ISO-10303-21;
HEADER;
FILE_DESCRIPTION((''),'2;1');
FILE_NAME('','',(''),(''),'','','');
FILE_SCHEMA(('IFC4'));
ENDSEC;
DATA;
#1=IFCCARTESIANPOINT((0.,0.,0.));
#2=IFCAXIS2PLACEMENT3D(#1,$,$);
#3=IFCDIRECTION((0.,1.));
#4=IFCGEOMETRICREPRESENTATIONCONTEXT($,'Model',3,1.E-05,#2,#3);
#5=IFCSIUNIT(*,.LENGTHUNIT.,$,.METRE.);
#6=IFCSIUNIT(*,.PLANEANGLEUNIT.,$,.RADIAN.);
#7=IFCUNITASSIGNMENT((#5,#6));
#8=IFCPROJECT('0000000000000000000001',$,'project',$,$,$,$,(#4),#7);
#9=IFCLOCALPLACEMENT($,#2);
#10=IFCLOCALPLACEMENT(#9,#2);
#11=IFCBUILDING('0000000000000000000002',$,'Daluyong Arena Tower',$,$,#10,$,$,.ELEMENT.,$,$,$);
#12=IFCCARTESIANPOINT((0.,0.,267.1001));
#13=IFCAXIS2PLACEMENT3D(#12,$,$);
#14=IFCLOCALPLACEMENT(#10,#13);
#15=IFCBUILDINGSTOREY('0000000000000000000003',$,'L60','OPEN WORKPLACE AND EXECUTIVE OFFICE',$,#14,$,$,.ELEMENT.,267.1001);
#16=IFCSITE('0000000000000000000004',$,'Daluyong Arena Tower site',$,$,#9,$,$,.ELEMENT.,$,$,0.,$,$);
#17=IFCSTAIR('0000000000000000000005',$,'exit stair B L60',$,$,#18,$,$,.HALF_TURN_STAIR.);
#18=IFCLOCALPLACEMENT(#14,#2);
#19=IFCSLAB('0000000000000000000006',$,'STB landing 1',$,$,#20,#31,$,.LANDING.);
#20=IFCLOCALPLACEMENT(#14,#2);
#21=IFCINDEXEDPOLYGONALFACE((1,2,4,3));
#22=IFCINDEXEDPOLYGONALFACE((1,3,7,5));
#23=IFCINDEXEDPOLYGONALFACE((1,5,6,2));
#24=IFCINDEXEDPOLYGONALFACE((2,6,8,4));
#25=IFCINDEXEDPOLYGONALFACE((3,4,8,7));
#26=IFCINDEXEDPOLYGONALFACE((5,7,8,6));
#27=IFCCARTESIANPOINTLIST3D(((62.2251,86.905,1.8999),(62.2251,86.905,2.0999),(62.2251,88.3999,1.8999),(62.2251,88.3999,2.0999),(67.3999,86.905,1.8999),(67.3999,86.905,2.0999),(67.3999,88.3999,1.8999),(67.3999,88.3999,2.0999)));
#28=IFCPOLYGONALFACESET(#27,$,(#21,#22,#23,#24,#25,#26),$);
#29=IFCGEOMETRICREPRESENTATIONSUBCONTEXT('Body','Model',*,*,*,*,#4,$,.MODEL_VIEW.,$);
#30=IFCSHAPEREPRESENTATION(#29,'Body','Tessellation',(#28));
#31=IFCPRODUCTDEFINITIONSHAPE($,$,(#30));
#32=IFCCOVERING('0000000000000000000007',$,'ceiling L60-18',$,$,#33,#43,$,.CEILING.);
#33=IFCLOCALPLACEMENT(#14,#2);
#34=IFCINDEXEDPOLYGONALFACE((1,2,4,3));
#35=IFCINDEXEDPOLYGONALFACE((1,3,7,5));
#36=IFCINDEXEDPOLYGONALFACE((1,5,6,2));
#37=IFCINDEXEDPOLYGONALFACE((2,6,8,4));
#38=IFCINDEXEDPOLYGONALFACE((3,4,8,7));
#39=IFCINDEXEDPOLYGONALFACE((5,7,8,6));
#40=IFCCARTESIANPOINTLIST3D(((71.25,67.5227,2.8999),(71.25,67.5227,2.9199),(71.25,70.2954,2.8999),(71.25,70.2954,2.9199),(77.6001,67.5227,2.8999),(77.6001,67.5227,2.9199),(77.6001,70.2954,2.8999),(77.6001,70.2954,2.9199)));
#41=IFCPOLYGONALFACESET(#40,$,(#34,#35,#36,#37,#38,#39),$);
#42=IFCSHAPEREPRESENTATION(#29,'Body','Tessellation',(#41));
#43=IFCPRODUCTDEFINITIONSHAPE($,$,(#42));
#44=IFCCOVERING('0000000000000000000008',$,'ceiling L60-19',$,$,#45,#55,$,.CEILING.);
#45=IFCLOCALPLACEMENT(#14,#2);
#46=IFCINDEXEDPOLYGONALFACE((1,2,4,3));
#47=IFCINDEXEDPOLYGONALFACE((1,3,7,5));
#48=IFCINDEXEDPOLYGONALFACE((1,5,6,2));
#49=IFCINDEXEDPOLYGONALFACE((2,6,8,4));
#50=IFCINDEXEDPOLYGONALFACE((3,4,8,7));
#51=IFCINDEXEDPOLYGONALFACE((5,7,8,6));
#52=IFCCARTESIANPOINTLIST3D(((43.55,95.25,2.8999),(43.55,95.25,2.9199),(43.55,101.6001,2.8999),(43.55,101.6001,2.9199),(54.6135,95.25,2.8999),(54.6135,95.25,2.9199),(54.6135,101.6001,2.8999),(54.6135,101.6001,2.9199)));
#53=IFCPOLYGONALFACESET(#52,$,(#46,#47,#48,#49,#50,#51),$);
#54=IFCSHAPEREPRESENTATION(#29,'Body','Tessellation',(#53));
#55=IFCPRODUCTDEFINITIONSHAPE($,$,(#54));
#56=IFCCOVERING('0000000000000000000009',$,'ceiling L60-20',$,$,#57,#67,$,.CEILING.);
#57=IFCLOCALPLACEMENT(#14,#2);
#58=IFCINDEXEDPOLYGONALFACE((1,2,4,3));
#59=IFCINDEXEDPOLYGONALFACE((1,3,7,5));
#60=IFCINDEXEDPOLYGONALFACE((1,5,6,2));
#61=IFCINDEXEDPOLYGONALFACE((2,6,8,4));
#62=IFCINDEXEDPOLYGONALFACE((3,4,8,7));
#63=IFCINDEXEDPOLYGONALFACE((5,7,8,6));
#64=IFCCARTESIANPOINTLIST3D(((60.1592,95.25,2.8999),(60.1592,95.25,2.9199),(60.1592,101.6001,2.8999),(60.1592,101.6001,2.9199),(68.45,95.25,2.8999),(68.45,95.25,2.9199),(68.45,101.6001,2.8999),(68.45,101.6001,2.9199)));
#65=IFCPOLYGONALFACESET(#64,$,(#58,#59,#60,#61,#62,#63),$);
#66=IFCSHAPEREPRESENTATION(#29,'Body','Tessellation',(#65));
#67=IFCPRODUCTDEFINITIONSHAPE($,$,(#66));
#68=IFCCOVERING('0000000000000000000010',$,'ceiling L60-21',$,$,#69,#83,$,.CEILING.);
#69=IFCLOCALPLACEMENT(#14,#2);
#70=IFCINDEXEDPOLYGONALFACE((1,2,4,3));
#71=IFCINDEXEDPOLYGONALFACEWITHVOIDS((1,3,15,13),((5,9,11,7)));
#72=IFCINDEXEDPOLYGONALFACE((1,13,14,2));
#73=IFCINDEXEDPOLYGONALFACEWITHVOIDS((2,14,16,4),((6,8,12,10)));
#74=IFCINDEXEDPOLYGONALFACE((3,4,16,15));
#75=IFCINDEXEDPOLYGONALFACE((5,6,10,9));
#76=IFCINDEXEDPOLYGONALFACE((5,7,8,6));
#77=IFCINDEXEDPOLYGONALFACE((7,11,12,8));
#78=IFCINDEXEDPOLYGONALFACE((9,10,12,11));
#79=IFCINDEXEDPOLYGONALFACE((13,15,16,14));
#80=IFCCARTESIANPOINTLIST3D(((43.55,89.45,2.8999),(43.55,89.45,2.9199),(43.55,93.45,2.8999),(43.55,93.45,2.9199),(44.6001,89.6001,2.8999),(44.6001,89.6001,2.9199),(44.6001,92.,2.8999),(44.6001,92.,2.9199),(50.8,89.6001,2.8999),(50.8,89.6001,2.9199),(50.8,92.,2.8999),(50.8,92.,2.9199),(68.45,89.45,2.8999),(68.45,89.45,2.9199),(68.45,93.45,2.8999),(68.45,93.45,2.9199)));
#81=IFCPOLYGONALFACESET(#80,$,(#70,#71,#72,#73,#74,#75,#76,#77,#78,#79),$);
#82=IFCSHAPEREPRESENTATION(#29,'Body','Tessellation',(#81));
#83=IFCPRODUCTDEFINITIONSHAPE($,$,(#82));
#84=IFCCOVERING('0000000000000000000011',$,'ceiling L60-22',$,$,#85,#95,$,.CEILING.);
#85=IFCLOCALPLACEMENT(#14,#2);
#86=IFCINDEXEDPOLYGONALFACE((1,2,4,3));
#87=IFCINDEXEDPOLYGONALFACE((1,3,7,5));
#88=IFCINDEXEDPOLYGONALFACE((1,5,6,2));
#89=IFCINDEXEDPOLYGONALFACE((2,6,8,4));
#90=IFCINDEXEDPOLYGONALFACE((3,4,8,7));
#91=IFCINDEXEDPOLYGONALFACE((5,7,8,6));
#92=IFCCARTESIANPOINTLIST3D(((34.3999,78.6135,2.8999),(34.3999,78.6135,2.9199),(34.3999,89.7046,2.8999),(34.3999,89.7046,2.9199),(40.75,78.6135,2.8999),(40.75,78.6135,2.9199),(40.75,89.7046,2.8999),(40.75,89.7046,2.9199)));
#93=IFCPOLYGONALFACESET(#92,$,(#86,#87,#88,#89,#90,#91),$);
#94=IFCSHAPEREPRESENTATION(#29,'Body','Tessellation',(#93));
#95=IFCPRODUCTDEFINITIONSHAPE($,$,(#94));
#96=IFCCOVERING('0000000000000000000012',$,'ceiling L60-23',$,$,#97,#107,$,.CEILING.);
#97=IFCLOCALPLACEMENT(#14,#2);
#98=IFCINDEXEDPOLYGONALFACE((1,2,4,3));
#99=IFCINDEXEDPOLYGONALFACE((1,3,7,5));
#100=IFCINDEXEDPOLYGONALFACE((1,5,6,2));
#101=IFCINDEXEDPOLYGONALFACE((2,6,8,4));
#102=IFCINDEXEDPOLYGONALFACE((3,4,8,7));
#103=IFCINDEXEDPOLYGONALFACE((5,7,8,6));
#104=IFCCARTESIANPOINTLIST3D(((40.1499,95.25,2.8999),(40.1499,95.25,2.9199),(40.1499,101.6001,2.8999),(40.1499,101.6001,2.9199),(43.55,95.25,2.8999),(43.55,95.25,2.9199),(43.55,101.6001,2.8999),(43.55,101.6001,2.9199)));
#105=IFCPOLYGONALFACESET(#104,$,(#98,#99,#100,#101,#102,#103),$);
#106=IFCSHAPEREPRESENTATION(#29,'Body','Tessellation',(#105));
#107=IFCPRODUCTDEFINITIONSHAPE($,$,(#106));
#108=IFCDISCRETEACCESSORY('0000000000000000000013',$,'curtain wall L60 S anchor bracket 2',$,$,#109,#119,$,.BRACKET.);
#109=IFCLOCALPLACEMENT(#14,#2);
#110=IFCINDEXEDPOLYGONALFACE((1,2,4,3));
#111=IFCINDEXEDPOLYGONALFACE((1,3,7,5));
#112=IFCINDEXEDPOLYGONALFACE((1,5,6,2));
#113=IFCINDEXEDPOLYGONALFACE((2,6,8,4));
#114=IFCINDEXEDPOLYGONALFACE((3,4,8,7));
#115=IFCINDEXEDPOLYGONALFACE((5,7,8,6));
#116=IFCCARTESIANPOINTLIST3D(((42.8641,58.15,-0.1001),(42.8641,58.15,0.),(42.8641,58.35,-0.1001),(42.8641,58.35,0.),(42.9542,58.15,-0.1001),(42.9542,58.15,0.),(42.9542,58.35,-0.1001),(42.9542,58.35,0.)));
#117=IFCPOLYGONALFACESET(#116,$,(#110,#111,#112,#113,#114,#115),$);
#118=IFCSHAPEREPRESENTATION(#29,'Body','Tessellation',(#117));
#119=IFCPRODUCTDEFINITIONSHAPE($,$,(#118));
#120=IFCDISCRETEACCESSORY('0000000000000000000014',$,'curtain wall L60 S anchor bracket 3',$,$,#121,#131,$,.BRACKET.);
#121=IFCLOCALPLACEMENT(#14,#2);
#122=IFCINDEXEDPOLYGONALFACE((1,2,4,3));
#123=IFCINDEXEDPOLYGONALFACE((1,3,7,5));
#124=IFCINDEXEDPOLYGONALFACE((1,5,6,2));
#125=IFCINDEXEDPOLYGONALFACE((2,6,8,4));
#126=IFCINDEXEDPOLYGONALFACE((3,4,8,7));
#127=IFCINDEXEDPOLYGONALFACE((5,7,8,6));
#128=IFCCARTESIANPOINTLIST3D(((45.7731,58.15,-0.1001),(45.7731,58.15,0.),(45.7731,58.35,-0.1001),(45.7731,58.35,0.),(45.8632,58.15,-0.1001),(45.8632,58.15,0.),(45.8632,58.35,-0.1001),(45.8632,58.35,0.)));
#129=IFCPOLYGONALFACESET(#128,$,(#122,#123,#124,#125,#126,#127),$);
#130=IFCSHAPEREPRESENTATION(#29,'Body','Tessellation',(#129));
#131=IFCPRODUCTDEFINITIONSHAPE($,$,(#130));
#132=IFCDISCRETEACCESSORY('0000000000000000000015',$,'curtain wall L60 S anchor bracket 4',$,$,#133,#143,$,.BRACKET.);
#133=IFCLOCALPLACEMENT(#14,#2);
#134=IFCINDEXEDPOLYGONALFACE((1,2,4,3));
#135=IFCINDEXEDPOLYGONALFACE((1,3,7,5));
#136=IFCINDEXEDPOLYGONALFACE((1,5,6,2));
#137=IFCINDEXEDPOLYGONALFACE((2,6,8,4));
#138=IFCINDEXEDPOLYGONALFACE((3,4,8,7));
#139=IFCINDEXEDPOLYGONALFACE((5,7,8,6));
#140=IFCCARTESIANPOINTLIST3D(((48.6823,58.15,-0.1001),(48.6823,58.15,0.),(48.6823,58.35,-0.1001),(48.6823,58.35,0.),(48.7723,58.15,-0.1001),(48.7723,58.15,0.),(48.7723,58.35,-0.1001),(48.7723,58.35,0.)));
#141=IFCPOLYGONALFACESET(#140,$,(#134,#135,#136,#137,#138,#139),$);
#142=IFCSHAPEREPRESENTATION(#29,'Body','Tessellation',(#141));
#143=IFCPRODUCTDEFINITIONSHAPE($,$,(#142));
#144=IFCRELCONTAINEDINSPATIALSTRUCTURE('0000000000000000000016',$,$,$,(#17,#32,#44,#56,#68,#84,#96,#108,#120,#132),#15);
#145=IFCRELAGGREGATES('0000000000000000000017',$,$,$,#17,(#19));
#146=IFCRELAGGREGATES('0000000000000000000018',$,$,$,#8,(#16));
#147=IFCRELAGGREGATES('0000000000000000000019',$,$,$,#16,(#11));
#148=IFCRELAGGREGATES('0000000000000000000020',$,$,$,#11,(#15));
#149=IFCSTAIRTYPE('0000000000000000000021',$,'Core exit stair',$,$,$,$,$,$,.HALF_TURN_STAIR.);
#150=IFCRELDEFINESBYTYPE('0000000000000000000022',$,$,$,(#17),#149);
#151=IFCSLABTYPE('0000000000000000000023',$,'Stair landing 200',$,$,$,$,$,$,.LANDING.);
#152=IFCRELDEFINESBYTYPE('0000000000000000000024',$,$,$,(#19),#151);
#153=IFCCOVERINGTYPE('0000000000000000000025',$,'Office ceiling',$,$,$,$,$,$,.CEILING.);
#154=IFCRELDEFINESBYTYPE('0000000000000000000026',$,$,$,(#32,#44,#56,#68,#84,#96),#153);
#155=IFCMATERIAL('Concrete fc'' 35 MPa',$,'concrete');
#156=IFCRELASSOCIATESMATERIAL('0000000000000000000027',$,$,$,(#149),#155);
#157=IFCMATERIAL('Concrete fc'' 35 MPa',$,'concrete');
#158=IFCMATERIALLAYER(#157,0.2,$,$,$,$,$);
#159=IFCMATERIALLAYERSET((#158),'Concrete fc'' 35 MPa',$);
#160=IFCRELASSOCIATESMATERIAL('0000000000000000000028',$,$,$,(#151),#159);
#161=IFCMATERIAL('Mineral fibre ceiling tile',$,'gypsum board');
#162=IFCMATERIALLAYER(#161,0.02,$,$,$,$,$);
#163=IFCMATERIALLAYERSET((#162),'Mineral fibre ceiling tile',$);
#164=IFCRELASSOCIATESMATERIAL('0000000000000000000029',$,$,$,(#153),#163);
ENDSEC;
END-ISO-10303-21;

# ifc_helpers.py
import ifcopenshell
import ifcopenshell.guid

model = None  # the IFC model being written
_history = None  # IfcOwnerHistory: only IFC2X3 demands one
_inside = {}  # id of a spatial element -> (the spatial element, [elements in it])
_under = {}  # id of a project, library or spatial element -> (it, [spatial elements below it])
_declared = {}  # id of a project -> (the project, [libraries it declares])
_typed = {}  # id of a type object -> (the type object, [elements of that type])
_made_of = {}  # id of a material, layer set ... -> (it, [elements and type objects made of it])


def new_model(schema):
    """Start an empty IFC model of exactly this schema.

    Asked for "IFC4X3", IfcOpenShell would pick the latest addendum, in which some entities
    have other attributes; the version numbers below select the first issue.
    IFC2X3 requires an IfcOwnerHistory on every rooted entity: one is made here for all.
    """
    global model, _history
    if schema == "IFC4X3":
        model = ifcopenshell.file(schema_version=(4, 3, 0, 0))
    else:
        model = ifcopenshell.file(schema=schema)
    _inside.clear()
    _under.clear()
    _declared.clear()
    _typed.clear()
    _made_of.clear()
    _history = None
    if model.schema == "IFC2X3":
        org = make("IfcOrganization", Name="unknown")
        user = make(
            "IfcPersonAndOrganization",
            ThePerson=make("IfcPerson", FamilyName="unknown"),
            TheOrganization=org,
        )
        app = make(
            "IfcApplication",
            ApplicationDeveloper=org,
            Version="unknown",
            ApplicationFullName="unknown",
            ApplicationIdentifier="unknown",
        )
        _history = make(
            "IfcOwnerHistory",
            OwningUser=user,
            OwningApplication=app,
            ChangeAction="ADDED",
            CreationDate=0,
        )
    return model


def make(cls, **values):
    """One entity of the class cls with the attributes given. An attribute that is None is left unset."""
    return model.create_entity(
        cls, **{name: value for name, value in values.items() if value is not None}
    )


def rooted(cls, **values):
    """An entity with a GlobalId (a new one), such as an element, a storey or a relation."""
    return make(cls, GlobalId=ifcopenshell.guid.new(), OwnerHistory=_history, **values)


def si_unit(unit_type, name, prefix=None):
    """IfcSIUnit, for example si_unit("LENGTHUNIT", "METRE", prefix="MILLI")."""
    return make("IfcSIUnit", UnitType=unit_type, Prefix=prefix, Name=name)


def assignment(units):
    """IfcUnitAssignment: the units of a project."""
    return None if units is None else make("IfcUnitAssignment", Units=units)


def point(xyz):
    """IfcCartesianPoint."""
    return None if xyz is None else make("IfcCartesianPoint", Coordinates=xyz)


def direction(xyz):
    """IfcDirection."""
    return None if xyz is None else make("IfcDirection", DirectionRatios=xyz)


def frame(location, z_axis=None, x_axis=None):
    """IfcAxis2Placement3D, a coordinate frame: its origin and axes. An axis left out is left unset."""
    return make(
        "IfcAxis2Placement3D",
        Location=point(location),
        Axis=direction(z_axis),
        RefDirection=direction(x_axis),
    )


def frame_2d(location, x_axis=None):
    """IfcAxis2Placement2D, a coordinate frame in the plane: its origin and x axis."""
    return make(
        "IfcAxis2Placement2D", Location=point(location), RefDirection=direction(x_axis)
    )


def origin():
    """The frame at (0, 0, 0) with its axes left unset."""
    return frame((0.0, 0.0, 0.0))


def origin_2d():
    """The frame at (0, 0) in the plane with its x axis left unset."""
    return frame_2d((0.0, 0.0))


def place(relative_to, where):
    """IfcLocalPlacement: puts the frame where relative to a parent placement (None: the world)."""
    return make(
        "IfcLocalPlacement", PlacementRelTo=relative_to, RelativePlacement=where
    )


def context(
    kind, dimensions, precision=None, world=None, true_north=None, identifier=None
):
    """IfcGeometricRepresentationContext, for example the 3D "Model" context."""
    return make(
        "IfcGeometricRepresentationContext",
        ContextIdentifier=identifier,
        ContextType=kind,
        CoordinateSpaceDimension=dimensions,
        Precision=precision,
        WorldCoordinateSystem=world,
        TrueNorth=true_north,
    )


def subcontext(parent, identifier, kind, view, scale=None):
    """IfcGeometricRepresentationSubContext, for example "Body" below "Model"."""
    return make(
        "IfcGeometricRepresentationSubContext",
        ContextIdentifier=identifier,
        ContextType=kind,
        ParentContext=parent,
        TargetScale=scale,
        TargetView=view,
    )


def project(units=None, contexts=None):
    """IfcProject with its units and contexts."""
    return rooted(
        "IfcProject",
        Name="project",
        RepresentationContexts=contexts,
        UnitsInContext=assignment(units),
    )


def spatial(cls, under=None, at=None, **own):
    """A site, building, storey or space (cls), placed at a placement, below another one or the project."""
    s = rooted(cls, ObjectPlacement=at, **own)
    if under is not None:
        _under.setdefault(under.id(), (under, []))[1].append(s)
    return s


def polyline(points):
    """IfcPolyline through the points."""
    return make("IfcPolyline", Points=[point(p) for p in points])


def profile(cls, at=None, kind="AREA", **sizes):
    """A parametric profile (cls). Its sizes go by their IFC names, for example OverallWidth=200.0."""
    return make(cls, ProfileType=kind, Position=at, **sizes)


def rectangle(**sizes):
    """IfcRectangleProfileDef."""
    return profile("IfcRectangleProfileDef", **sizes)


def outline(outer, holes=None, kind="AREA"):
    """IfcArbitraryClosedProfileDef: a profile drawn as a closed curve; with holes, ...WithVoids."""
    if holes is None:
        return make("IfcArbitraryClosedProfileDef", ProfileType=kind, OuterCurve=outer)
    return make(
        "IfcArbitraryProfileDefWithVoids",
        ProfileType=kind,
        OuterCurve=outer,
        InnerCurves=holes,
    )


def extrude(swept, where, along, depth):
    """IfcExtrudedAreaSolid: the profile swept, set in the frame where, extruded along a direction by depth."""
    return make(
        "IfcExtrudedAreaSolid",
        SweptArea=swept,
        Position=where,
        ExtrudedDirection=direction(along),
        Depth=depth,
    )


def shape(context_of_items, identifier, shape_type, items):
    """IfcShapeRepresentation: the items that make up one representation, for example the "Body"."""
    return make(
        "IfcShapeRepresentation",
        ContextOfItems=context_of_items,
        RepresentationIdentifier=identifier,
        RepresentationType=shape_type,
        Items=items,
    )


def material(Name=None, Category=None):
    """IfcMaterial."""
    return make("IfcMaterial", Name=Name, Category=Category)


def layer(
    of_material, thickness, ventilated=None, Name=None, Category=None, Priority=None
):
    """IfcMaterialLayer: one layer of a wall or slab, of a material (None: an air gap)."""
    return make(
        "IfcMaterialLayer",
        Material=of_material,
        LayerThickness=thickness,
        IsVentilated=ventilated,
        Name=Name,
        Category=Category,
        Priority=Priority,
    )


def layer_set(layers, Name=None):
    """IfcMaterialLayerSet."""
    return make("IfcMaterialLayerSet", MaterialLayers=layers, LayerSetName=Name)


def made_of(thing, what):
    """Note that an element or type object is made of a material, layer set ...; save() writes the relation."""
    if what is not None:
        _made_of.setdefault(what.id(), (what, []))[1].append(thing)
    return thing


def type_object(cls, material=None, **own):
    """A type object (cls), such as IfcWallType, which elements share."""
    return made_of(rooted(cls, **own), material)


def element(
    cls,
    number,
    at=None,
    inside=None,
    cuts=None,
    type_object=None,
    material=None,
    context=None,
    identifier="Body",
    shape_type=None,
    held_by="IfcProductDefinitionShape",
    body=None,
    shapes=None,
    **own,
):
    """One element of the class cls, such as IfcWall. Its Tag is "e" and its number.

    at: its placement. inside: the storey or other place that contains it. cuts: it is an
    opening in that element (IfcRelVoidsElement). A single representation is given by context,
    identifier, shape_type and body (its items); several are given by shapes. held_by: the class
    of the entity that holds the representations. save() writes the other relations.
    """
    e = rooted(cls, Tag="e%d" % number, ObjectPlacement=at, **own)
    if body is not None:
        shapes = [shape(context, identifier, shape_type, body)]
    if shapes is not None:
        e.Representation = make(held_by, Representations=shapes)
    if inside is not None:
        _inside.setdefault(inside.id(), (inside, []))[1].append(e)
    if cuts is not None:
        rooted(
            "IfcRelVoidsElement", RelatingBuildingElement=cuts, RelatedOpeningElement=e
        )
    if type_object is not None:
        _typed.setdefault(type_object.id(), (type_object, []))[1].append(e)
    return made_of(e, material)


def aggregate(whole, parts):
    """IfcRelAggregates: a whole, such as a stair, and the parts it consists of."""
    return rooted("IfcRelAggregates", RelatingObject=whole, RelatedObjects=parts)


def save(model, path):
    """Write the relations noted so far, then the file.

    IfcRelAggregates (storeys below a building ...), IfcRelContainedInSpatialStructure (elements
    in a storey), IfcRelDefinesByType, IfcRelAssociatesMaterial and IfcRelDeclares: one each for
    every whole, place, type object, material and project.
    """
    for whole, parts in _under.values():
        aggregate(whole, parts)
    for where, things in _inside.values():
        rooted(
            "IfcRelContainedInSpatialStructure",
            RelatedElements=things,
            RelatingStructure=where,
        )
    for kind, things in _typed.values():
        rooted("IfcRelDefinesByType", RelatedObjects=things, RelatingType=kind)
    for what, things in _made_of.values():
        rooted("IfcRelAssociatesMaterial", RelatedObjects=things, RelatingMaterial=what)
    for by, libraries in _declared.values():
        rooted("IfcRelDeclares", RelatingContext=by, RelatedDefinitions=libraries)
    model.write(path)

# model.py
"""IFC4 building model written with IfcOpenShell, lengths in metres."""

from ifc_helpers import new_model, si_unit, direction, frame, origin, origin_2d, place, context, subcontext, project, spatial, polyline, rectangle, outline, extrude, material, layer, layer_set, type_object, element, aggregate, save


model = new_model("IFC4")

# Units and contexts
model_context = context("Model", 3, precision=1e-05, world=origin(), true_north=direction((0.0, 1.0)))
body_context = subcontext(model_context, "Body", "Model", "MODEL_VIEW")
ifc_project = project(units=[si_unit("LENGTHUNIT", "METRE"), si_unit("PLANEANGLEUNIT", "RADIAN")], contexts=[model_context])

# Site, building, storey
site_placement = place(None, origin())
site = spatial("IfcSite", under=ifc_project, at=site_placement, Name="Daluyong Arena Tower site", CompositionType="ELEMENT", RefElevation=0.0)
building_placement = place(site_placement, origin())
building = spatial("IfcBuilding", under=site, at=building_placement, Name="Daluyong Arena Tower", CompositionType="ELEMENT")
storey_placement = place(building_placement, frame((0.0, 0.0, 267.1001)))
storey = spatial("IfcBuildingStorey", under=building, at=storey_placement, Name="L60", Description="OPEN WORKPLACE AND EXECUTIVE OFFICE", CompositionType="ELEMENT", Elevation=267.1001)

# Stair, slab
ifc_material_1 = material(Name="Concrete fc' 35 MPa", Category="concrete")
stair_type = type_object("IfcStairType", Name="Core exit stair", PredefinedType="HALF_TURN_STAIR", material=ifc_material_1)
ifc_material_2 = material(Name="Concrete fc' 35 MPa", Category="concrete")
ifc_layer_1 = layer(ifc_material_2, 0.2)
ifc_layer_set_1 = layer_set([ifc_layer_1], Name="Concrete fc' 35 MPa")
slab_type = type_object("IfcSlabType", Name="Stair landing 200", PredefinedType="LANDING", material=ifc_layer_set_1)
stair_1_placement = place(storey_placement, origin())
stair_1 = element("IfcStair", 1, at=stair_1_placement, inside=storey, type_object=stair_type, Name="exit stair B L60", PredefinedType="HALF_TURN_STAIR")
slab_1_placement = place(storey_placement, frame((0.0, 0.0, 1.8999)))
slab_1 = element("IfcSlab", 2, at=slab_1_placement, type_object=slab_type, Name="STB landing 1", PredefinedType="LANDING", context=body_context, shape_type="SweptSolid", body=[
    extrude(outline(polyline([(62.2251, 86.905), (67.3999, 86.905), (67.3999, 88.3999), (62.2251, 88.3999), (62.2251, 86.905)])), origin(), (0.0, 0.0, 1.0), 0.2),
])
aggregate(stair_1, [slab_1])

# Coverings
ifc_material_3 = material(Name="Mineral fibre ceiling tile", Category="gypsum board")
ifc_layer_2 = layer(ifc_material_3, 0.02)
ifc_layer_set_2 = layer_set([ifc_layer_2], Name="Mineral fibre ceiling tile")
covering_type = type_object("IfcCoveringType", Name="Office ceiling", PredefinedType="CEILING", material=ifc_layer_set_2)
covering_1_placement = place(storey_placement, frame((0.0, 0.0, 2.8999)))
element("IfcCovering", 3, at=covering_1_placement, inside=storey, type_object=covering_type, Name="ceiling L60-18", PredefinedType="CEILING", context=body_context, shape_type="SweptSolid", body=[
    extrude(outline(polyline([(77.6001, 67.5227), (77.6001, 70.2954), (71.25, 70.2954), (71.25, 67.5227), (77.6001, 67.5227)])), origin(), (0.0, 0.0, 1.0), 0.02),
])
covering_2_placement = place(storey_placement, frame((0.0, 0.0, 2.8999)))
element("IfcCovering", 4, at=covering_2_placement, inside=storey, type_object=covering_type, Name="ceiling L60-19", PredefinedType="CEILING", context=body_context, shape_type="SweptSolid", body=[
    extrude(outline(polyline([(54.6135, 101.6001), (43.55, 101.6001), (43.55, 95.25), (54.6135, 95.25), (54.6135, 101.6001)])), origin(), (0.0, 0.0, 1.0), 0.02),
])
covering_3_placement = place(storey_placement, frame((0.0, 0.0, 2.8999)))
element("IfcCovering", 5, at=covering_3_placement, inside=storey, type_object=covering_type, Name="ceiling L60-20", PredefinedType="CEILING", context=body_context, shape_type="SweptSolid", body=[
    extrude(outline(polyline([(68.45, 101.6001), (60.1592, 101.6001), (60.1592, 95.25), (68.45, 95.25), (68.45, 101.6001)])), origin(), (0.0, 0.0, 1.0), 0.02),
])
covering_4_placement = place(storey_placement, frame((0.0, 0.0, 2.8999)))
element("IfcCovering", 6, at=covering_4_placement, inside=storey, type_object=covering_type, Name="ceiling L60-21", PredefinedType="CEILING", context=body_context, shape_type="SweptSolid", body=[
    extrude(outline(polyline([(43.55, 93.45), (43.55, 89.45), (68.45, 89.45), (68.45, 93.45), (43.55, 93.45)]), holes=[polyline([(44.6001, 89.6001), (44.6001, 92.0), (50.8, 92.0), (50.8, 89.6001), (44.6001, 89.6001)])]), origin(), (0.0, 0.0, 1.0), 0.02),
])
covering_5_placement = place(storey_placement, frame((0.0, 0.0, 2.8999)))
element("IfcCovering", 7, at=covering_5_placement, inside=storey, type_object=covering_type, Name="ceiling L60-22", PredefinedType="CEILING", context=body_context, shape_type="SweptSolid", body=[
    extrude(outline(polyline([(40.75, 78.6135), (40.75, 89.7046), (34.3999, 89.7046), (34.3999, 78.6135), (40.75, 78.6135)])), origin(), (0.0, 0.0, 1.0), 0.02),
])
covering_6_placement = place(storey_placement, frame((0.0, 0.0, 2.8999)))
element("IfcCovering", 8, at=covering_6_placement, inside=storey, type_object=covering_type, Name="ceiling L60-23", PredefinedType="CEILING", context=body_context, shape_type="SweptSolid", body=[
    extrude(outline(polyline([(40.1499, 95.25), (43.55, 95.25), (43.55, 101.6001), (40.1499, 101.6001), (40.1499, 95.25)])), origin(), (0.0, 0.0, 1.0), 0.02),
])

# Discrete accessories
for number, where, z_axis, x_axis, name in (
    (9, (42.9092, 58.25, -0.1001), (0.0, 0.0, 1.0), (1.0, 0.0, 0.0), "curtain wall L60 S anchor bracket 2"),
    (10, (45.8181, 58.25, -0.1001), (0.0, 0.0, 1.0), (1.0, 0.0, 0.0), "curtain wall L60 S anchor bracket 3"),
    (11, (48.7273, 58.25, -0.1001), (0.0, 0.0, 1.0), (1.0, 0.0, 0.0), "curtain wall L60 S anchor bracket 4"),
):
    element("IfcDiscreteAccessory", number, at=place(storey_placement, frame(where, z_axis=z_axis, x_axis=x_axis)), inside=storey, Name=name, PredefinedType="BRACKET", context=body_context, shape_type="SweptSolid", body=[
        extrude(rectangle(XDim=0.0901, YDim=0.2, at=origin_2d()), origin(), (0.0, 0.0, 1.0), 0.1001),
    ])

save(model, "model.ifc")
